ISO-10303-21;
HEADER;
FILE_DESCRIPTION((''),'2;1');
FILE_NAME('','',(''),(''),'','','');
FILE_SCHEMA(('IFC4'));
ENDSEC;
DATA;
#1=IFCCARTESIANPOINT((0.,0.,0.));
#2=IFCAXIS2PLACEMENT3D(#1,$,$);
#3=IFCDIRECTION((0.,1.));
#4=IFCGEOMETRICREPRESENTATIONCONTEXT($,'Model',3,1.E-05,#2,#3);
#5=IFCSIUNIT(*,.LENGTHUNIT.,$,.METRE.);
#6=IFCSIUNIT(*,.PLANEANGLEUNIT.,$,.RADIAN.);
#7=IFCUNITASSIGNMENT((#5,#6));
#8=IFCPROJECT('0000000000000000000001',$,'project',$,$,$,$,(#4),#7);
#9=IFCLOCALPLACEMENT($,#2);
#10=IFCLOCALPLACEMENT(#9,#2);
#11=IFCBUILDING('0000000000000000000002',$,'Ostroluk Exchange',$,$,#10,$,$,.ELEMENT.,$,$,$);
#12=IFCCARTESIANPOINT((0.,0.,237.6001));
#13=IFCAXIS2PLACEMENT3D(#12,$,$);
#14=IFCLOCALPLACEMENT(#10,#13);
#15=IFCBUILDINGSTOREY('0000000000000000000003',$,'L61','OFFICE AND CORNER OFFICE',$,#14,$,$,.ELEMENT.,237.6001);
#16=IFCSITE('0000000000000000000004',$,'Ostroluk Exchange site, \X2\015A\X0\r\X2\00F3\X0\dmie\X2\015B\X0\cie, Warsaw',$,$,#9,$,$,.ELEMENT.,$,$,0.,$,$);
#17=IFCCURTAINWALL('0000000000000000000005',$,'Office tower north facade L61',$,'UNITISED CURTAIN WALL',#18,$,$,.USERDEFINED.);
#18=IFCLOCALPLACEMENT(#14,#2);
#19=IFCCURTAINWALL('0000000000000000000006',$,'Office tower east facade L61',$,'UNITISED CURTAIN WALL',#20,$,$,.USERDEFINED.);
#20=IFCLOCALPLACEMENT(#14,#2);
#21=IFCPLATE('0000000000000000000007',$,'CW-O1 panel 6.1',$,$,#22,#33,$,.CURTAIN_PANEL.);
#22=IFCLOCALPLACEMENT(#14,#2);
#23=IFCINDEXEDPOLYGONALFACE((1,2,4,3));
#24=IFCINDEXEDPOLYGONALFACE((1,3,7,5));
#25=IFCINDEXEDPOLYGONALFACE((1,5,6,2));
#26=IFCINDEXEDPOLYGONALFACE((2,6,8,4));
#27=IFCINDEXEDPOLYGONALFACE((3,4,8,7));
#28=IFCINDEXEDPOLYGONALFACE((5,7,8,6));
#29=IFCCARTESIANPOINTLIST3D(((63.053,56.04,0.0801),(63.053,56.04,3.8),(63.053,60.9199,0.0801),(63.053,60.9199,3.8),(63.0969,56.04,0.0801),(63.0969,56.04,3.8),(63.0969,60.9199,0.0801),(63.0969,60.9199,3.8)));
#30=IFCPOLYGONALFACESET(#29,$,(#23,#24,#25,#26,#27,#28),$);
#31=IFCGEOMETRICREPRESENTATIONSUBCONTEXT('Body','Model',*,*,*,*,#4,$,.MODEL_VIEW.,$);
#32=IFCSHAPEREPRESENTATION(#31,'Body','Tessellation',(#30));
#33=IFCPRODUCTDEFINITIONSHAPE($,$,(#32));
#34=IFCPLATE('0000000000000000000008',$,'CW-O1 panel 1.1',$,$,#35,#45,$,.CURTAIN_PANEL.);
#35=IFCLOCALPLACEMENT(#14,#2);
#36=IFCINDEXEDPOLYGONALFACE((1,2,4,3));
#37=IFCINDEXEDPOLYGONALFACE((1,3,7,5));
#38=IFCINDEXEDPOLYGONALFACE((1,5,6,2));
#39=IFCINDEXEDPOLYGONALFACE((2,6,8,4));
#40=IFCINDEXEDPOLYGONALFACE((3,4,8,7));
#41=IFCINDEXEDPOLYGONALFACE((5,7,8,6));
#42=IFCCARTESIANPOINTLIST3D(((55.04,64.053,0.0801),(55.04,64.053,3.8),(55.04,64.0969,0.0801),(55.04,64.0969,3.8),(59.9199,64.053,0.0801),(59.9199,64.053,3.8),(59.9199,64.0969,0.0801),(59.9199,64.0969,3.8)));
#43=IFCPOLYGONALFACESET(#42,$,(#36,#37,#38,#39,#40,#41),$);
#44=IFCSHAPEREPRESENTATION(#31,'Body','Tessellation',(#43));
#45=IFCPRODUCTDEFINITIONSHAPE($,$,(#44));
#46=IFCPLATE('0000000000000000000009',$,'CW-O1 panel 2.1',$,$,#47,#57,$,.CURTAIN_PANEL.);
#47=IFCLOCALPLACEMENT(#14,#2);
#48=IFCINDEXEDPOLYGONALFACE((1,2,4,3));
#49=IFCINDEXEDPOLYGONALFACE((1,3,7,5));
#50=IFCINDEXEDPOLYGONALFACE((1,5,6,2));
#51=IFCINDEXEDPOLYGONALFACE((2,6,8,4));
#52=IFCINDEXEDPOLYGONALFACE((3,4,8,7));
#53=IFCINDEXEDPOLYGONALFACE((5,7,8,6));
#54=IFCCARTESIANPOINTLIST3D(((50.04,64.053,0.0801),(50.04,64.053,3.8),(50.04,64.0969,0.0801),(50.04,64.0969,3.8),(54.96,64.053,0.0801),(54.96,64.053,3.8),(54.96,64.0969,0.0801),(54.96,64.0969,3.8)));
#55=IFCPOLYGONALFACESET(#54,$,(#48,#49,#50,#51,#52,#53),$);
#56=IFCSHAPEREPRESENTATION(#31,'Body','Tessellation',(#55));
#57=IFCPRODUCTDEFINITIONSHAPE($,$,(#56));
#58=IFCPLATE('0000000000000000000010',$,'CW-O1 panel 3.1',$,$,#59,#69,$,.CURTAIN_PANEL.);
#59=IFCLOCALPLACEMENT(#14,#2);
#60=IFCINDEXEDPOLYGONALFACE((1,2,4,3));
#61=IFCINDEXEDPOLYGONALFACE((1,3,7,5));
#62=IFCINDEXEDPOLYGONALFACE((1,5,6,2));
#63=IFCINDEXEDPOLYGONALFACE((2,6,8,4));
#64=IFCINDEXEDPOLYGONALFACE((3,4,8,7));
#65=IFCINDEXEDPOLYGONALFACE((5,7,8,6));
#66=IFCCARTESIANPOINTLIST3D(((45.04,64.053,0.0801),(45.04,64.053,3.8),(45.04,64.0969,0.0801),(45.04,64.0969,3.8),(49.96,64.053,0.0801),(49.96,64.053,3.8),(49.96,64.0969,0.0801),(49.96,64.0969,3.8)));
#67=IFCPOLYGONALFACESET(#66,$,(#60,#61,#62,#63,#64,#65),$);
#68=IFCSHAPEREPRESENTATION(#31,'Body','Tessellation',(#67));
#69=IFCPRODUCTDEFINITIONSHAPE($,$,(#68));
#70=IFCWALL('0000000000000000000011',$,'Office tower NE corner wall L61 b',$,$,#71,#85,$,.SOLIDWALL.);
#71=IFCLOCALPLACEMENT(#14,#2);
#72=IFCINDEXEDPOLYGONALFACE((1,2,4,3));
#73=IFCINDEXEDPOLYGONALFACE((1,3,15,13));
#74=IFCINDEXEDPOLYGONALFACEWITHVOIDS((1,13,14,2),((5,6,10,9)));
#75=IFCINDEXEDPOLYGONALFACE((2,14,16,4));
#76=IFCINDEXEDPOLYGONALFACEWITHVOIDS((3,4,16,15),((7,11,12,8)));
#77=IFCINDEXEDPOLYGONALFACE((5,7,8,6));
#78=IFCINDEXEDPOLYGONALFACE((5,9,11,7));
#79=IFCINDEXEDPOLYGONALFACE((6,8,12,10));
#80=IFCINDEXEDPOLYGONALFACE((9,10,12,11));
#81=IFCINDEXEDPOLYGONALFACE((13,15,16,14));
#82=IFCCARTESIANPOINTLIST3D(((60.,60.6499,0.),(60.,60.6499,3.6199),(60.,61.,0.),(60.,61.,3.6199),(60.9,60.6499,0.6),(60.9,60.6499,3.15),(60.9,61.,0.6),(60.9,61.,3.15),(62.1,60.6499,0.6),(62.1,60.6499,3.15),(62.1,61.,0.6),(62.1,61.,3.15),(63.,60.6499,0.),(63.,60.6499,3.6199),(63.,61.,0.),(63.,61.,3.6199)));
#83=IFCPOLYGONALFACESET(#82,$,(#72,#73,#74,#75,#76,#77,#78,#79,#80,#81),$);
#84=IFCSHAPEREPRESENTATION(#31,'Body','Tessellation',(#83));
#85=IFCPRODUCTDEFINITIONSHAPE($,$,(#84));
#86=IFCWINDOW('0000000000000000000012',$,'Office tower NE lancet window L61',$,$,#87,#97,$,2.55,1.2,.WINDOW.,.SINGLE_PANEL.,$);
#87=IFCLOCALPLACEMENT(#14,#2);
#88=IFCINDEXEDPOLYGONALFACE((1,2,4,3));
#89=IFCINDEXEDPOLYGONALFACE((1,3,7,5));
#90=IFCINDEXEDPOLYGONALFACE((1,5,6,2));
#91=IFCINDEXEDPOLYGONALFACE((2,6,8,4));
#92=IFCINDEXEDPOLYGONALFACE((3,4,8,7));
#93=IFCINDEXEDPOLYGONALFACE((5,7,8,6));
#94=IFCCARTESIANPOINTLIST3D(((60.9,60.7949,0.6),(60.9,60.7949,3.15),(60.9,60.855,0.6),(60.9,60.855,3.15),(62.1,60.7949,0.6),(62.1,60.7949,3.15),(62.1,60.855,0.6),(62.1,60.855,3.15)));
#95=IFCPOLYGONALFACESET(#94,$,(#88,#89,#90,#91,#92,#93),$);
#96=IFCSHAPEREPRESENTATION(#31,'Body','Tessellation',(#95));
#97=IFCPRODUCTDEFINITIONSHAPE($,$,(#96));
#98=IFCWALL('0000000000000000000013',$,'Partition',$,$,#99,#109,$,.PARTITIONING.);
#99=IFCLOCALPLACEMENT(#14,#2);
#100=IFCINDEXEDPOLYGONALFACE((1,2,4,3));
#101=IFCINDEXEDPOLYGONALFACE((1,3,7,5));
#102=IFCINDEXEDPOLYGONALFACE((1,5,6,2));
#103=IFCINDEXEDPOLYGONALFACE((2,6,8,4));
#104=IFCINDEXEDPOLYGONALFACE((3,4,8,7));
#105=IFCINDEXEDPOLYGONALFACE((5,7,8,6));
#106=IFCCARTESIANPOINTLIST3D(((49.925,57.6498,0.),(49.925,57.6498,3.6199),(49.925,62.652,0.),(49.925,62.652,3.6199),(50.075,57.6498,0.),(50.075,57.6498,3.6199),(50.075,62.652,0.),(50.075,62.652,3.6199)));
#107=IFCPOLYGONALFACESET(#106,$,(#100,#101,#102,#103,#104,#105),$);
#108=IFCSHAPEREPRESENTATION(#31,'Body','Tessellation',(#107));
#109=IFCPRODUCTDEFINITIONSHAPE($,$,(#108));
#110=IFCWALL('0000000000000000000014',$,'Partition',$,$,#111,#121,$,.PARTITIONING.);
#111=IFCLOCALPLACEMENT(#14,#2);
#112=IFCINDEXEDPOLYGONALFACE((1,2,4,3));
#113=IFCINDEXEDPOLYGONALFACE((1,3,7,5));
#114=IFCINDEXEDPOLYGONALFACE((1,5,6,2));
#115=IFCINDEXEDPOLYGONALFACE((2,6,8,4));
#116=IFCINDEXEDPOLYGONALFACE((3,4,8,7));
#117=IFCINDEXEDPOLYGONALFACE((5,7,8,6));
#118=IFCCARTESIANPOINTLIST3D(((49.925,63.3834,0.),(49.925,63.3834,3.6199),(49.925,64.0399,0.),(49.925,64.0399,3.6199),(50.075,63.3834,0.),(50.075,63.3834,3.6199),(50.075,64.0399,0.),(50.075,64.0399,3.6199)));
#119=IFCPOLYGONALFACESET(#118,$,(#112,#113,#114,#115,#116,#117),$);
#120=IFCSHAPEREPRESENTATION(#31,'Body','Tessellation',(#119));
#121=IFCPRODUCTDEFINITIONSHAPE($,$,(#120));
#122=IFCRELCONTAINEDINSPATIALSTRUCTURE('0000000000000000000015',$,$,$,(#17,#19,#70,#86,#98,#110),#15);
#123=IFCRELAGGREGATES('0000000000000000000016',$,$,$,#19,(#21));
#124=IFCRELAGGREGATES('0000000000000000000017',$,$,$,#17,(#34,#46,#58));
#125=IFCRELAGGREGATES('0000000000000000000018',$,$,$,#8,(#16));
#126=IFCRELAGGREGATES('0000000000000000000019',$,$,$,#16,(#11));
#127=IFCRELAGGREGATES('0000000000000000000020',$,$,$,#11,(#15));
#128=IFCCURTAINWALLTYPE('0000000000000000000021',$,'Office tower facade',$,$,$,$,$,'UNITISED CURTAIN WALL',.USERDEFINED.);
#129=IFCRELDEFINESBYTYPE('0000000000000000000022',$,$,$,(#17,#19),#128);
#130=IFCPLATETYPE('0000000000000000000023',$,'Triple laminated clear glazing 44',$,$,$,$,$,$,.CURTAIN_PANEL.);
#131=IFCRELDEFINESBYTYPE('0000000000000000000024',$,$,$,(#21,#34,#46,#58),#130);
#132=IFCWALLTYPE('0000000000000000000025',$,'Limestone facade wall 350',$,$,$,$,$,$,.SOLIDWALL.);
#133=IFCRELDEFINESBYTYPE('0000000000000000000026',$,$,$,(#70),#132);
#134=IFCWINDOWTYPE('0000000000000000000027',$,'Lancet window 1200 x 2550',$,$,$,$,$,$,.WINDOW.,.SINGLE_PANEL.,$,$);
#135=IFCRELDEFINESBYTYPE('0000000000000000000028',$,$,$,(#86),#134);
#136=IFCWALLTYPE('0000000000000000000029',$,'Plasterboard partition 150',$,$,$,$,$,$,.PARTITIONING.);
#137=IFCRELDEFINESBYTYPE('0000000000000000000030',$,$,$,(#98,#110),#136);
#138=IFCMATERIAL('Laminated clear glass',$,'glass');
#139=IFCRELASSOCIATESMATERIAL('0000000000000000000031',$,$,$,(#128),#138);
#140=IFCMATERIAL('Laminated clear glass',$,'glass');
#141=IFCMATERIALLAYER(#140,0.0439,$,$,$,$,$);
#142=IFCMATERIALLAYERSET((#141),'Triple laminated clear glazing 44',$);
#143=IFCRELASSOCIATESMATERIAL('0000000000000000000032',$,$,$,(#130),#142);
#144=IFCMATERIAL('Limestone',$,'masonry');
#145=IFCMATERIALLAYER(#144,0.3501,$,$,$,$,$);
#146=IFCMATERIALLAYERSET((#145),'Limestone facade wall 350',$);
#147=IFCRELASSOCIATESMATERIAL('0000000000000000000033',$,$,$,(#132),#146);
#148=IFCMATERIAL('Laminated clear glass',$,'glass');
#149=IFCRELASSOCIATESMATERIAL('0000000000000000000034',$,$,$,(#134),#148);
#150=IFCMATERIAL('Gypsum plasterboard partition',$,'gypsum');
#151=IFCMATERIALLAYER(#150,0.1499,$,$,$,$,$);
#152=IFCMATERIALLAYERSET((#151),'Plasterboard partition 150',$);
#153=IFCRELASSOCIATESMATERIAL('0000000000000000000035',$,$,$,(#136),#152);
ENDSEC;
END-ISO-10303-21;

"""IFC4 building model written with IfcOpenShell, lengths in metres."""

from ifc_helpers import new_model, si_unit, direction, frame, frame_2d, origin, origin_2d, place, context, subcontext, project, spatial, rectangle, extrude, material, layer, layer_set, type_object, element, fill, aggregate, save


model = new_model("IFC4")

# Units and contexts
model_context = context("Model", 3, precision=1e-05, world=origin(), true_north=direction((0.0, 1.0)))
body_context = subcontext(model_context, "Body", "Model", "MODEL_VIEW")
ifc_project = project(units=[si_unit("LENGTHUNIT", "METRE"), si_unit("PLANEANGLEUNIT", "RADIAN")], contexts=[model_context])

# Site, building, storey
site_placement = place(None, origin())
site = spatial("IfcSite", under=ifc_project, at=site_placement, Name="Ostroluk Exchange site, Śródmieście, Warsaw", CompositionType="ELEMENT", RefElevation=0.0)
building_placement = place(site_placement, origin())
building = spatial("IfcBuilding", under=site, at=building_placement, Name="Ostroluk Exchange", CompositionType="ELEMENT")
storey_placement = place(building_placement, frame((0.0, 0.0, 237.6001)))
storey = spatial("IfcBuildingStorey", under=building, at=storey_placement, Name="L61", Description="OFFICE AND CORNER OFFICE", CompositionType="ELEMENT", Elevation=237.6001)

# Curtain wall
ifc_material_1 = material(Name="Laminated clear glass", Category="glass")
curtain_wall_type = type_object("IfcCurtainWallType", Name="Office tower facade", ElementType="UNITISED CURTAIN WALL", PredefinedType="USERDEFINED", material=ifc_material_1)
curtain_wall_1_placement = place(storey_placement, origin())
curtain_wall_1 = element("IfcCurtainWall", 1, at=curtain_wall_1_placement, inside=storey, type_object=curtain_wall_type, Name="Office tower north facade L61", ObjectType="UNITISED CURTAIN WALL", PredefinedType="USERDEFINED")

# Curtain wall
curtain_wall_2_placement = place(storey_placement, origin())
curtain_wall_2 = element("IfcCurtainWall", 2, at=curtain_wall_2_placement, inside=storey, type_object=curtain_wall_type, Name="Office tower east facade L61", ObjectType="UNITISED CURTAIN WALL", PredefinedType="USERDEFINED")

# Plates
ifc_material_2 = material(Name="Laminated clear glass", Category="glass")
ifc_layer_1 = layer(ifc_material_2, 0.0439)
ifc_layer_set_1 = layer_set([ifc_layer_1], Name="Triple laminated clear glazing 44")
plate_type_1 = type_object("IfcPlateType", Name="Triple laminated clear glazing 44", PredefinedType="CURTAIN_PANEL", material=ifc_layer_set_1)
plate_1_placement = place(storey_placement, frame((63.075, 58.48, 0.0801), z_axis=(0.0, 0.0, 1.0), x_axis=(0.0, 1.0, 0.0)))
plate_1 = element("IfcPlate", 3, at=plate_1_placement, type_object=plate_type_1, Name="CW-O1 panel 6.1", PredefinedType="CURTAIN_PANEL", context=body_context, shape_type="SweptSolid", body=[
    extrude(rectangle(XDim=4.8799, YDim=0.0439, at=origin_2d()), origin(), (0.0, 0.0, 1.0), 3.72),
])
aggregate(curtain_wall_2, [plate_1])
plate_2_placement = place(storey_placement, frame((57.48, 64.075, 0.0801), z_axis=(0.0, 0.0, 1.0), x_axis=(-1.0, 0.0, 0.0)))
plate_2 = element("IfcPlate", 4, at=plate_2_placement, type_object=plate_type_1, Name="CW-O1 panel 1.1", PredefinedType="CURTAIN_PANEL", context=body_context, shape_type="SweptSolid", body=[
    extrude(rectangle(XDim=4.8799, YDim=0.0439, at=origin_2d()), origin(), (0.0, 0.0, 1.0), 3.72),
])
plate_3_placement = place(storey_placement, frame((52.5, 64.075, 0.0801), z_axis=(0.0, 0.0, 1.0), x_axis=(-1.0, 0.0, 0.0)))
plate_3 = element("IfcPlate", 5, at=plate_3_placement, type_object=plate_type_1, Name="CW-O1 panel 2.1", PredefinedType="CURTAIN_PANEL", context=body_context, shape_type="SweptSolid", body=[
    extrude(rectangle(XDim=4.9199, YDim=0.0439, at=origin_2d()), origin(), (0.0, 0.0, 1.0), 3.72),
])
plate_4_placement = place(storey_placement, frame((47.5, 64.075, 0.0801), z_axis=(0.0, 0.0, 1.0), x_axis=(-1.0, 0.0, 0.0)))
plate_4 = element("IfcPlate", 6, at=plate_4_placement, type_object=plate_type_1, Name="CW-O1 panel 3.1", PredefinedType="CURTAIN_PANEL", context=body_context, shape_type="SweptSolid", body=[
    extrude(rectangle(XDim=4.9199, YDim=0.0439, at=origin_2d()), origin(), (0.0, 0.0, 1.0), 3.72),
])
aggregate(curtain_wall_1, [plate_2, plate_3, plate_4])

# Shared definitions
ifc_material_3 = material(Name="Limestone", Category="masonry")
ifc_layer_2 = layer(ifc_material_3, 0.3501)
ifc_layer_set_2 = layer_set([ifc_layer_2], Name="Limestone facade wall 350")
wall_type_1 = type_object("IfcWallType", Name="Limestone facade wall 350", PredefinedType="SOLIDWALL", material=ifc_layer_set_2)

# Wall, opening, window
wall_1_placement = place(storey_placement, frame((60.0, 60.825, 0.0), z_axis=(0.0, 0.0, 1.0), x_axis=(1.0, 0.0, 0.0)))
wall_1 = element("IfcWall", 7, at=wall_1_placement, inside=storey, type_object=wall_type_1, Name="Office tower NE corner wall L61 b", PredefinedType="SOLIDWALL", context=body_context, shape_type="SweptSolid", body=[
    extrude(rectangle(XDim=3.0, YDim=0.3501, at=frame_2d((1.5, 0.0))), origin(), (0.0, 0.0, 1.0), 3.6199),
])
opening_1_placement = place(wall_1_placement, frame((0.8999, 0.0, 0.6001)))
opening_1 = element("IfcOpeningElement", 8, at=opening_1_placement, cuts=wall_1, PredefinedType="OPENING", context=body_context, shape_type="SweptSolid", body=[
    extrude(rectangle(XDim=1.2, YDim=2.55, at=frame_2d((0.6001, 1.2749))), frame((0.0, 0.1851, 0.0), z_axis=(0.0, -1.0, 0.0), x_axis=(1.0, 0.0, 0.0)), (0.0, 0.0, 1.0), 0.3701),
])
ifc_material_4 = material(Name="Laminated clear glass", Category="glass")
window_type = type_object("IfcWindowType", Name="Lancet window 1200 x 2550", PartitioningType="SINGLE_PANEL", PredefinedType="WINDOW", material=ifc_material_4)
window_placement = place(opening_1_placement, origin())
window = element("IfcWindow", 9, at=window_placement, inside=storey, type_object=window_type, Name="Office tower NE lancet window L61", OverallHeight=2.55, OverallWidth=1.2, PartitioningType="SINGLE_PANEL", PredefinedType="WINDOW", context=body_context, shape_type="SweptSolid", body=[
    extrude(rectangle(XDim=1.2, YDim=2.55, at=frame_2d((0.6001, 1.2749))), frame((0.0, 0.03, 0.0), z_axis=(0.0, -1.0, 0.0), x_axis=(1.0, 0.0, 0.0)), (0.0, 0.0, 1.0), 0.0601),
])
fill(opening_1, window)

# Walls
ifc_material_5 = material(Name="Gypsum plasterboard partition", Category="gypsum")
ifc_layer_3 = layer(ifc_material_5, 0.1499)
ifc_layer_set_3 = layer_set([ifc_layer_3], Name="Plasterboard partition 150")
wall_type_2 = type_object("IfcWallType", Name="Plasterboard partition 150", PredefinedType="PARTITIONING", material=ifc_layer_set_3)
wall_2_placement = place(storey_placement, frame((50.0, 57.6499, 0.0), z_axis=(0.0, 0.0, 1.0), x_axis=(0.0, 1.0, 0.0)))
element("IfcWall", 10, at=wall_2_placement, inside=storey, type_object=wall_type_2, Name="Partition", PredefinedType="PARTITIONING", context=body_context, shape_type="SweptSolid", body=[
    extrude(rectangle(XDim=5.0022, YDim=0.1499, at=frame_2d((2.501, 0.0))), origin(), (0.0, 0.0, 1.0), 3.6199),
])
wall_3_placement = place(storey_placement, frame((50.0, 63.3835, 0.0), z_axis=(0.0, 0.0, 1.0), x_axis=(0.0, 1.0, 0.0)))
element("IfcWall", 11, at=wall_3_placement, inside=storey, type_object=wall_type_2, Name="Partition", PredefinedType="PARTITIONING", context=body_context, shape_type="SweptSolid", body=[
    extrude(rectangle(XDim=0.6565, YDim=0.1499, at=frame_2d((0.3281, 0.0))), origin(), (0.0, 0.0, 1.0), 3.6199),
])

save(model, "model.ifc")
